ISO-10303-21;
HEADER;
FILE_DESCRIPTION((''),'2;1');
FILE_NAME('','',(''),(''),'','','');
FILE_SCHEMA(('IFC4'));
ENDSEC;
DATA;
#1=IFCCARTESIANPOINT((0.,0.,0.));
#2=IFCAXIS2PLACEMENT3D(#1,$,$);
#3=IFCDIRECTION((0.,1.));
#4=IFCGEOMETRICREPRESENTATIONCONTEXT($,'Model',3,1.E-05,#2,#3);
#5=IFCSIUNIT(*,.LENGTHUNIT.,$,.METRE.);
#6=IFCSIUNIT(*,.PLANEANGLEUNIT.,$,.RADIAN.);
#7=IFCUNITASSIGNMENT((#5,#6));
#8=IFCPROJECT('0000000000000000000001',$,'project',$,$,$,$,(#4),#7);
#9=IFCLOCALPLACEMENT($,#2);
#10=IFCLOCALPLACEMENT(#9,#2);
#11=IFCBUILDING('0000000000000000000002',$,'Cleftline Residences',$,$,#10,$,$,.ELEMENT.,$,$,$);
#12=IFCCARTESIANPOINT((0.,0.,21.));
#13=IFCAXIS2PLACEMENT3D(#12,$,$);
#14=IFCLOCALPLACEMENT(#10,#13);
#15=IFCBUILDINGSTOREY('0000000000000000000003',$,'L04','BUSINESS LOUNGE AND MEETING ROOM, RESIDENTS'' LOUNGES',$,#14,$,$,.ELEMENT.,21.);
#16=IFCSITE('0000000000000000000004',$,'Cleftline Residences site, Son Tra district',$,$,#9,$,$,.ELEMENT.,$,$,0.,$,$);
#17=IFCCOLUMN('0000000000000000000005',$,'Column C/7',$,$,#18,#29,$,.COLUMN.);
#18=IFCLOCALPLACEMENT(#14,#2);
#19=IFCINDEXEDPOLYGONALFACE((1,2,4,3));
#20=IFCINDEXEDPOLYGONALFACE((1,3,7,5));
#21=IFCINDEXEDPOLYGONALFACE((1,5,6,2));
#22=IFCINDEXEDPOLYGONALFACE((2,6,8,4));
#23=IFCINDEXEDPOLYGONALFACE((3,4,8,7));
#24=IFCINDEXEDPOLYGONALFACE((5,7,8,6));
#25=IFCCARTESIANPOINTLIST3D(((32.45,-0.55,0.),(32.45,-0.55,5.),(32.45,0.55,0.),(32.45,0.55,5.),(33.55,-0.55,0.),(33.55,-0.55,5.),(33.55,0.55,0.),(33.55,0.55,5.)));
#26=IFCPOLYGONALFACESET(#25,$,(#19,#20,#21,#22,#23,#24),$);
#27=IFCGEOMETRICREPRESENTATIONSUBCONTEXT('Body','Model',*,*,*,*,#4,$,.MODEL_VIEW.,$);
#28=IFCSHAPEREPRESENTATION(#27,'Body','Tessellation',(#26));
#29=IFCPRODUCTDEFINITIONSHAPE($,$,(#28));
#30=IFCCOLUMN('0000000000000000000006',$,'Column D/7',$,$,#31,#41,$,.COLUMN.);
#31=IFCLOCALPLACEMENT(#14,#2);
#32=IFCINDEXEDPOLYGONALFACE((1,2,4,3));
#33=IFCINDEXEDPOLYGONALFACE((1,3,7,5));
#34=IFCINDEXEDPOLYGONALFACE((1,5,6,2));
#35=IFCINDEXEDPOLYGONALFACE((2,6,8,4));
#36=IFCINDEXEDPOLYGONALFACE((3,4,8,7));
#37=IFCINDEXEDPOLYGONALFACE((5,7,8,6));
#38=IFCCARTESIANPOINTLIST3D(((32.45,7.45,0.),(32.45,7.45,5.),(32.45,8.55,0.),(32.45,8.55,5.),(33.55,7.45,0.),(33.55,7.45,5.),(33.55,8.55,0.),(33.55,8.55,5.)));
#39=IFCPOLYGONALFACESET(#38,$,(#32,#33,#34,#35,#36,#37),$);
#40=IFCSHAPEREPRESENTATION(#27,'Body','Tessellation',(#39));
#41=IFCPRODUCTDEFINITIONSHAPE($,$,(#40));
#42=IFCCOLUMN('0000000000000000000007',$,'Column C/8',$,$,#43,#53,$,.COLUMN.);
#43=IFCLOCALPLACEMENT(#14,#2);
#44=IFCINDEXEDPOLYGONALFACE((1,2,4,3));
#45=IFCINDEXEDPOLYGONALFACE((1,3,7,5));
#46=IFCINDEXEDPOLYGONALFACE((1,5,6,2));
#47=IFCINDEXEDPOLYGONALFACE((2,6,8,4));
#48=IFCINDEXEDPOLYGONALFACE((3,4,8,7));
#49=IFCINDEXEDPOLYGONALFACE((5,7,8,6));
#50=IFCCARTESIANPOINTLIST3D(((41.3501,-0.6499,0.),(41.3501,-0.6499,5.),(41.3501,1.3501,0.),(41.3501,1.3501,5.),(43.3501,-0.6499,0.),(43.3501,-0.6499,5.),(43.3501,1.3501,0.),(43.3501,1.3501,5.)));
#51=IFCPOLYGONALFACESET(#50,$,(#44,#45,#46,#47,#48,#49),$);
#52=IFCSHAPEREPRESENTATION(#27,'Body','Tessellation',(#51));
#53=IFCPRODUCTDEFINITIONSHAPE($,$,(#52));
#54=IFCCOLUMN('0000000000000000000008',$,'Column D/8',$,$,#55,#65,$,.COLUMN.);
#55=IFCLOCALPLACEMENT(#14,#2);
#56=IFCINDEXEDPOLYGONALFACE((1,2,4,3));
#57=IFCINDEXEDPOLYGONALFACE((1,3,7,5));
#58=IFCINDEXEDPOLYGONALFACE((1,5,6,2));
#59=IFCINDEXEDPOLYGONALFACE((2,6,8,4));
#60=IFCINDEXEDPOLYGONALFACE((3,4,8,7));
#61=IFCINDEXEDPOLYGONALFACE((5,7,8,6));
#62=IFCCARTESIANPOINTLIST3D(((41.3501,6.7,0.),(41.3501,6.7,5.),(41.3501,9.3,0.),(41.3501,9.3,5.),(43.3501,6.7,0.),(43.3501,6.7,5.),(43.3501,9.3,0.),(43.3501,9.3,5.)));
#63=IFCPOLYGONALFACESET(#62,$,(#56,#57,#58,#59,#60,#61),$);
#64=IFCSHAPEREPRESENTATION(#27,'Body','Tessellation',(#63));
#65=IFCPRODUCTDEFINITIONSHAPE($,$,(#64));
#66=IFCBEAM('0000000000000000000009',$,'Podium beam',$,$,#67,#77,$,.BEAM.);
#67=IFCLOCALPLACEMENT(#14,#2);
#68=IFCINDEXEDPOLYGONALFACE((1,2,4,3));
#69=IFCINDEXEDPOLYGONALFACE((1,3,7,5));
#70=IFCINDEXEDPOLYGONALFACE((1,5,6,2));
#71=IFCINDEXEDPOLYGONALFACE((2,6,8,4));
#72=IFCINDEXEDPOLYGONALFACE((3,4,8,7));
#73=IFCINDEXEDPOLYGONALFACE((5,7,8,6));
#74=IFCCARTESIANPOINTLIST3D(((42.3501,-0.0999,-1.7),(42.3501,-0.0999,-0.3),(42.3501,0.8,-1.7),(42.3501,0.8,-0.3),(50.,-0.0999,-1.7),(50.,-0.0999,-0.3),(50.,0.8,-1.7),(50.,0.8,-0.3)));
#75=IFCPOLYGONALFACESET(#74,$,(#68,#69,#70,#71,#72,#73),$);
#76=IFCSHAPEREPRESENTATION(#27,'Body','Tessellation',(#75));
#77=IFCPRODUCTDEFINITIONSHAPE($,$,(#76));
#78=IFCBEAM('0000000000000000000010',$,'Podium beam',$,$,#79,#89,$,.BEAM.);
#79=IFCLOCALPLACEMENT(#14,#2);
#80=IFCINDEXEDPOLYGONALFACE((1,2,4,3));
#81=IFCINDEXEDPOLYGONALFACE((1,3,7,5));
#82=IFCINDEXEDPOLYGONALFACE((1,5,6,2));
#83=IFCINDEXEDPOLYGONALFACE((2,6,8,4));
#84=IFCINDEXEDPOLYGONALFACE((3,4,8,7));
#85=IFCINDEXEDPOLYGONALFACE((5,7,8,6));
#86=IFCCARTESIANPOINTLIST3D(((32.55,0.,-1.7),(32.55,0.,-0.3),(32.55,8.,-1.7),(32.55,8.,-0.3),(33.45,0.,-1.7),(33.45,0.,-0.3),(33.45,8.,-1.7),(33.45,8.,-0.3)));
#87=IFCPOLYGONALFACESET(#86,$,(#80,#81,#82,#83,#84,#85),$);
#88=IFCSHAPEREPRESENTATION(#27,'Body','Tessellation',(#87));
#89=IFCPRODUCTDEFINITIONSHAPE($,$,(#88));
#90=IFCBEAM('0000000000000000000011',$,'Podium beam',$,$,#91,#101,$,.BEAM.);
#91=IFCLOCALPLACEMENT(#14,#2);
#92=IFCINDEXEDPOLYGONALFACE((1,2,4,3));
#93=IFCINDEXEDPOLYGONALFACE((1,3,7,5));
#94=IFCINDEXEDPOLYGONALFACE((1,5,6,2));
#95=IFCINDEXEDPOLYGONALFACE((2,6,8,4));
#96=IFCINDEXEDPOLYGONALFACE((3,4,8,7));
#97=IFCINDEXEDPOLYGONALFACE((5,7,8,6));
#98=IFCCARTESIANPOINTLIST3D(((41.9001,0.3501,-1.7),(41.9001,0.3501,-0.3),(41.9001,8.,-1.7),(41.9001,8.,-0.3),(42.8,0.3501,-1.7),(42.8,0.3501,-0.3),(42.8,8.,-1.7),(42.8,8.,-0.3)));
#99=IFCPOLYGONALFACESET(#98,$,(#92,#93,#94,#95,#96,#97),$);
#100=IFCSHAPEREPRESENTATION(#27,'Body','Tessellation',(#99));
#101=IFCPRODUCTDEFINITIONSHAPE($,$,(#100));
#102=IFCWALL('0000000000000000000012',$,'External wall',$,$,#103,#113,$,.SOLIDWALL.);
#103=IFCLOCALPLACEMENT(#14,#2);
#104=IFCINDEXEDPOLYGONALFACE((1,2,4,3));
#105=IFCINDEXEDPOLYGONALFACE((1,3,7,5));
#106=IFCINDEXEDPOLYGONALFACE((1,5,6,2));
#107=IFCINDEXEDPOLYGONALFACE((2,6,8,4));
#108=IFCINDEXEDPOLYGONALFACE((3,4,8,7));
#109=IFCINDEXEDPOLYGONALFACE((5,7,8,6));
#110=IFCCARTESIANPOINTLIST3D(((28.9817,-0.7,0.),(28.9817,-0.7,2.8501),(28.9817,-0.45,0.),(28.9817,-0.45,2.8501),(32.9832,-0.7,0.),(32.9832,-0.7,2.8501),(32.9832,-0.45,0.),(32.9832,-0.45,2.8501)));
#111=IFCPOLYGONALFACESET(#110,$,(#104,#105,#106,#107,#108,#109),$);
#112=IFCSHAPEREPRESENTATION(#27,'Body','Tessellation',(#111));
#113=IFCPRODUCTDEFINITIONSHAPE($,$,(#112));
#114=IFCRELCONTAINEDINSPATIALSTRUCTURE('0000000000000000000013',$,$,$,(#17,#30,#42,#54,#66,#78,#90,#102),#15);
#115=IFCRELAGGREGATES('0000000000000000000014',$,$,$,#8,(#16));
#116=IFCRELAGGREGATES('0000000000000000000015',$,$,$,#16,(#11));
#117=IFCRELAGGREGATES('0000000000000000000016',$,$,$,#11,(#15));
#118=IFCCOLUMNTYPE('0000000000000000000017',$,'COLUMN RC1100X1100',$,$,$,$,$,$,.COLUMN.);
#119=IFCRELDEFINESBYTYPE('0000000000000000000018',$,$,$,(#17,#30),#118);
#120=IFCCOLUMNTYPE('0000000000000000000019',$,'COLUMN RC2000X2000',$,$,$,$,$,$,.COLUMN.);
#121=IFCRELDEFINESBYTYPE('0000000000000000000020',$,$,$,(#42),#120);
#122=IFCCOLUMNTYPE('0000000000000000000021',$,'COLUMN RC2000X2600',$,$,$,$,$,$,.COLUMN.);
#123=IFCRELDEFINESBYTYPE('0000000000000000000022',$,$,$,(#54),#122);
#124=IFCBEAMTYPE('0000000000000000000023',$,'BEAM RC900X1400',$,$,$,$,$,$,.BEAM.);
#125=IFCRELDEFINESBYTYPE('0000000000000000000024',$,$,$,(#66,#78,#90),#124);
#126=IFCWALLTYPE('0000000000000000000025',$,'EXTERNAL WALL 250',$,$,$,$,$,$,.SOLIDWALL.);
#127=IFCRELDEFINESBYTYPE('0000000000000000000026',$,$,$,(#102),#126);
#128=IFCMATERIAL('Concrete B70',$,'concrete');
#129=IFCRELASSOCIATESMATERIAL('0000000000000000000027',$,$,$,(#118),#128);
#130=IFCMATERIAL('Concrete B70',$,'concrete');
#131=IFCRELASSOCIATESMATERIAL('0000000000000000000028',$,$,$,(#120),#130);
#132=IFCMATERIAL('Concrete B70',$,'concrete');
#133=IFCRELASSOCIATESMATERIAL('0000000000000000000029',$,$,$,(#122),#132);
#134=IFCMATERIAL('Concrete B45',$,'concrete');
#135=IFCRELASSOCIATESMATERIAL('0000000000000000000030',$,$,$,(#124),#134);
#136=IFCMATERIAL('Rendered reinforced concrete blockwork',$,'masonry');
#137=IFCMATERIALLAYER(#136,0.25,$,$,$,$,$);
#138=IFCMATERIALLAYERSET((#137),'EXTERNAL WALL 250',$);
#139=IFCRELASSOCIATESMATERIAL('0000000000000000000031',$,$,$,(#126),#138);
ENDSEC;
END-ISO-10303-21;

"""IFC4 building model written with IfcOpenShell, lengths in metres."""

from ifc_helpers import new_model, si_unit, direction, frame, frame_2d, origin, origin_2d, place, context, subcontext, project, spatial, rectangle, extrude, material, layer, layer_set, material_profile, profile_set, type_object, element, save


model = new_model("IFC4")

# Units and contexts
model_context = context("Model", 3, precision=1e-05, world=origin(), true_north=direction((0.0, 1.0)))
body_context = subcontext(model_context, "Body", "Model", "MODEL_VIEW")
ifc_project = project(units=[si_unit("LENGTHUNIT", "METRE"), si_unit("PLANEANGLEUNIT", "RADIAN")], contexts=[model_context])

# Site, building, storey
site_placement = place(None, origin())
site = spatial("IfcSite", under=ifc_project, at=site_placement, Name="Cleftline Residences site, Son Tra district", CompositionType="ELEMENT", RefElevation=0.0)
building_placement = place(site_placement, origin())
building = spatial("IfcBuilding", under=site, at=building_placement, Name="Cleftline Residences", CompositionType="ELEMENT")
storey_placement = place(building_placement, frame((0.0, 0.0, 21.0)))
storey = spatial("IfcBuildingStorey", under=building, at=storey_placement, Name="L04", Description="BUSINESS LOUNGE AND MEETING ROOM, RESIDENTS' LOUNGES", CompositionType="ELEMENT", Elevation=21.0)

# Columns
ifc_material_1 = material(Name="Concrete B70", Category="concrete")
ifc_material_profile_1 = material_profile(ifc_material_1, rectangle(XDim=1.1001, YDim=1.1001, at=origin_2d()))
ifc_profile_set_1 = profile_set([ifc_material_profile_1], Name="Concrete B70")
column_type_1 = type_object("IfcColumnType", Name="COLUMN RC1100X1100", PredefinedType="COLUMN", material=ifc_profile_set_1)
for number, where, z_axis, x_axis, name in (
    (1, (33.0, 0.0, 0.0), (0.0, 0.0, 1.0), (1.0, 0.0, 0.0), "Column C/7"),
    (2, (33.0, 8.0, 0.0), (0.0, 0.0, 1.0), (1.0, 0.0, 0.0), "Column D/7"),
):
    element("IfcColumn", number, at=place(storey_placement, frame(where, z_axis=z_axis, x_axis=x_axis)), inside=storey, type_object=column_type_1, Name=name, PredefinedType="COLUMN", context=body_context, shape_type="SweptSolid", body=[
        extrude(rectangle(XDim=1.1001, YDim=1.1001, at=origin_2d()), origin(), (0.0, 0.0, 1.0), 5.0),
    ])
ifc_material_2 = material(Name="Concrete B70", Category="concrete")
ifc_material_profile_2 = material_profile(ifc_material_2, rectangle(XDim=2.0, YDim=2.0, at=origin_2d()))
ifc_profile_set_2 = profile_set([ifc_material_profile_2], Name="Concrete B70")
column_type_2 = type_object("IfcColumnType", Name="COLUMN RC2000X2000", PredefinedType="COLUMN", material=ifc_profile_set_2)
column_1_placement = place(storey_placement, frame((42.3501, 0.3501, 0.0), z_axis=(0.0, 0.0, 1.0), x_axis=(1.0, 0.0, 0.0)))
element("IfcColumn", 3, at=column_1_placement, inside=storey, type_object=column_type_2, Name="Column C/8", PredefinedType="COLUMN", context=body_context, shape_type="SweptSolid", body=[
    extrude(rectangle(XDim=2.0, YDim=2.0, at=origin_2d()), origin(), (0.0, 0.0, 1.0), 5.0),
])
ifc_material_3 = material(Name="Concrete B70", Category="concrete")
ifc_material_profile_3 = material_profile(ifc_material_3, rectangle(XDim=2.0, YDim=2.6001, at=origin_2d()))
ifc_profile_set_3 = profile_set([ifc_material_profile_3], Name="Concrete B70")
column_type_3 = type_object("IfcColumnType", Name="COLUMN RC2000X2600", PredefinedType="COLUMN", material=ifc_profile_set_3)
column_2_placement = place(storey_placement, frame((42.3501, 8.0, 0.0), z_axis=(0.0, 0.0, 1.0), x_axis=(1.0, 0.0, 0.0)))
element("IfcColumn", 4, at=column_2_placement, inside=storey, type_object=column_type_3, Name="Column D/8", PredefinedType="COLUMN", context=body_context, shape_type="SweptSolid", body=[
    extrude(rectangle(XDim=2.0, YDim=2.6001, at=origin_2d()), origin(), (0.0, 0.0, 1.0), 5.0),
])

# Beams
ifc_material_4 = material(Name="Concrete B45", Category="concrete")
ifc_material_profile_4 = material_profile(ifc_material_4, rectangle(XDim=0.8999, YDim=1.3999, at=origin_2d()))
ifc_profile_set_4 = profile_set([ifc_material_profile_4], Name="Concrete B45")
beam_type = type_object("IfcBeamType", Name="BEAM RC900X1400", PredefinedType="BEAM", material=ifc_profile_set_4)
beam_1_placement = place(storey_placement, frame((42.3501, 0.3501, -1.0), z_axis=(1.0, 0.0, 0.0), x_axis=(0.0, 1.0, 0.0)))
element("IfcBeam", 5, at=beam_1_placement, inside=storey, type_object=beam_type, Name="Podium beam", PredefinedType="BEAM", context=body_context, shape_type="SweptSolid", body=[
    extrude(rectangle(XDim=0.8999, YDim=1.3999, at=origin_2d()), origin(), (0.0, 0.0, 1.0), 7.6499),
])
beam_2_placement = place(storey_placement, frame((33.0, 0.0, -1.0), z_axis=(0.0, 1.0, 0.0), x_axis=(-1.0, 0.0, 0.0)))
element("IfcBeam", 6, at=beam_2_placement, inside=storey, type_object=beam_type, Name="Podium beam", PredefinedType="BEAM", context=body_context, shape_type="SweptSolid", body=[
    extrude(rectangle(XDim=0.8999, YDim=1.3999, at=origin_2d()), origin(), (0.0, 0.0, 1.0), 8.0),
])
beam_3_placement = place(storey_placement, frame((42.3501, 0.3501, -1.0), z_axis=(0.0, 1.0, 0.0), x_axis=(-1.0, 0.0, 0.0)))
element("IfcBeam", 7, at=beam_3_placement, inside=storey, type_object=beam_type, Name="Podium beam", PredefinedType="BEAM", context=body_context, shape_type="SweptSolid", body=[
    extrude(rectangle(XDim=0.8999, YDim=1.3999, at=origin_2d()), origin(), (0.0, 0.0, 1.0), 7.6499),
])

# Wall
ifc_material_5 = material(Name="Rendered reinforced concrete blockwork", Category="masonry")
ifc_layer_1 = layer(ifc_material_5, 0.25)
ifc_layer_set_1 = layer_set([ifc_layer_1], Name="EXTERNAL WALL 250")
wall_type_1 = type_object("IfcWallType", Name="EXTERNAL WALL 250", PredefinedType="SOLIDWALL", material=ifc_layer_set_1)
wall_1_placement = place(storey_placement, frame((28.9817, -0.575, 0.0), z_axis=(0.0, 0.0, 1.0), x_axis=(1.0, 0.0, 0.0)))
element("IfcWall", 8, at=wall_1_placement, inside=storey, type_object=wall_type_1, Name="External wall", PredefinedType="SOLIDWALL", context=body_context, shape_type="SweptSolid", body=[
    extrude(rectangle(XDim=4.0015, YDim=0.25, at=frame_2d((2.0007, 0.0))), origin(), (0.0, 0.0, 1.0), 2.8501),
])

save(model, "model.ifc")
